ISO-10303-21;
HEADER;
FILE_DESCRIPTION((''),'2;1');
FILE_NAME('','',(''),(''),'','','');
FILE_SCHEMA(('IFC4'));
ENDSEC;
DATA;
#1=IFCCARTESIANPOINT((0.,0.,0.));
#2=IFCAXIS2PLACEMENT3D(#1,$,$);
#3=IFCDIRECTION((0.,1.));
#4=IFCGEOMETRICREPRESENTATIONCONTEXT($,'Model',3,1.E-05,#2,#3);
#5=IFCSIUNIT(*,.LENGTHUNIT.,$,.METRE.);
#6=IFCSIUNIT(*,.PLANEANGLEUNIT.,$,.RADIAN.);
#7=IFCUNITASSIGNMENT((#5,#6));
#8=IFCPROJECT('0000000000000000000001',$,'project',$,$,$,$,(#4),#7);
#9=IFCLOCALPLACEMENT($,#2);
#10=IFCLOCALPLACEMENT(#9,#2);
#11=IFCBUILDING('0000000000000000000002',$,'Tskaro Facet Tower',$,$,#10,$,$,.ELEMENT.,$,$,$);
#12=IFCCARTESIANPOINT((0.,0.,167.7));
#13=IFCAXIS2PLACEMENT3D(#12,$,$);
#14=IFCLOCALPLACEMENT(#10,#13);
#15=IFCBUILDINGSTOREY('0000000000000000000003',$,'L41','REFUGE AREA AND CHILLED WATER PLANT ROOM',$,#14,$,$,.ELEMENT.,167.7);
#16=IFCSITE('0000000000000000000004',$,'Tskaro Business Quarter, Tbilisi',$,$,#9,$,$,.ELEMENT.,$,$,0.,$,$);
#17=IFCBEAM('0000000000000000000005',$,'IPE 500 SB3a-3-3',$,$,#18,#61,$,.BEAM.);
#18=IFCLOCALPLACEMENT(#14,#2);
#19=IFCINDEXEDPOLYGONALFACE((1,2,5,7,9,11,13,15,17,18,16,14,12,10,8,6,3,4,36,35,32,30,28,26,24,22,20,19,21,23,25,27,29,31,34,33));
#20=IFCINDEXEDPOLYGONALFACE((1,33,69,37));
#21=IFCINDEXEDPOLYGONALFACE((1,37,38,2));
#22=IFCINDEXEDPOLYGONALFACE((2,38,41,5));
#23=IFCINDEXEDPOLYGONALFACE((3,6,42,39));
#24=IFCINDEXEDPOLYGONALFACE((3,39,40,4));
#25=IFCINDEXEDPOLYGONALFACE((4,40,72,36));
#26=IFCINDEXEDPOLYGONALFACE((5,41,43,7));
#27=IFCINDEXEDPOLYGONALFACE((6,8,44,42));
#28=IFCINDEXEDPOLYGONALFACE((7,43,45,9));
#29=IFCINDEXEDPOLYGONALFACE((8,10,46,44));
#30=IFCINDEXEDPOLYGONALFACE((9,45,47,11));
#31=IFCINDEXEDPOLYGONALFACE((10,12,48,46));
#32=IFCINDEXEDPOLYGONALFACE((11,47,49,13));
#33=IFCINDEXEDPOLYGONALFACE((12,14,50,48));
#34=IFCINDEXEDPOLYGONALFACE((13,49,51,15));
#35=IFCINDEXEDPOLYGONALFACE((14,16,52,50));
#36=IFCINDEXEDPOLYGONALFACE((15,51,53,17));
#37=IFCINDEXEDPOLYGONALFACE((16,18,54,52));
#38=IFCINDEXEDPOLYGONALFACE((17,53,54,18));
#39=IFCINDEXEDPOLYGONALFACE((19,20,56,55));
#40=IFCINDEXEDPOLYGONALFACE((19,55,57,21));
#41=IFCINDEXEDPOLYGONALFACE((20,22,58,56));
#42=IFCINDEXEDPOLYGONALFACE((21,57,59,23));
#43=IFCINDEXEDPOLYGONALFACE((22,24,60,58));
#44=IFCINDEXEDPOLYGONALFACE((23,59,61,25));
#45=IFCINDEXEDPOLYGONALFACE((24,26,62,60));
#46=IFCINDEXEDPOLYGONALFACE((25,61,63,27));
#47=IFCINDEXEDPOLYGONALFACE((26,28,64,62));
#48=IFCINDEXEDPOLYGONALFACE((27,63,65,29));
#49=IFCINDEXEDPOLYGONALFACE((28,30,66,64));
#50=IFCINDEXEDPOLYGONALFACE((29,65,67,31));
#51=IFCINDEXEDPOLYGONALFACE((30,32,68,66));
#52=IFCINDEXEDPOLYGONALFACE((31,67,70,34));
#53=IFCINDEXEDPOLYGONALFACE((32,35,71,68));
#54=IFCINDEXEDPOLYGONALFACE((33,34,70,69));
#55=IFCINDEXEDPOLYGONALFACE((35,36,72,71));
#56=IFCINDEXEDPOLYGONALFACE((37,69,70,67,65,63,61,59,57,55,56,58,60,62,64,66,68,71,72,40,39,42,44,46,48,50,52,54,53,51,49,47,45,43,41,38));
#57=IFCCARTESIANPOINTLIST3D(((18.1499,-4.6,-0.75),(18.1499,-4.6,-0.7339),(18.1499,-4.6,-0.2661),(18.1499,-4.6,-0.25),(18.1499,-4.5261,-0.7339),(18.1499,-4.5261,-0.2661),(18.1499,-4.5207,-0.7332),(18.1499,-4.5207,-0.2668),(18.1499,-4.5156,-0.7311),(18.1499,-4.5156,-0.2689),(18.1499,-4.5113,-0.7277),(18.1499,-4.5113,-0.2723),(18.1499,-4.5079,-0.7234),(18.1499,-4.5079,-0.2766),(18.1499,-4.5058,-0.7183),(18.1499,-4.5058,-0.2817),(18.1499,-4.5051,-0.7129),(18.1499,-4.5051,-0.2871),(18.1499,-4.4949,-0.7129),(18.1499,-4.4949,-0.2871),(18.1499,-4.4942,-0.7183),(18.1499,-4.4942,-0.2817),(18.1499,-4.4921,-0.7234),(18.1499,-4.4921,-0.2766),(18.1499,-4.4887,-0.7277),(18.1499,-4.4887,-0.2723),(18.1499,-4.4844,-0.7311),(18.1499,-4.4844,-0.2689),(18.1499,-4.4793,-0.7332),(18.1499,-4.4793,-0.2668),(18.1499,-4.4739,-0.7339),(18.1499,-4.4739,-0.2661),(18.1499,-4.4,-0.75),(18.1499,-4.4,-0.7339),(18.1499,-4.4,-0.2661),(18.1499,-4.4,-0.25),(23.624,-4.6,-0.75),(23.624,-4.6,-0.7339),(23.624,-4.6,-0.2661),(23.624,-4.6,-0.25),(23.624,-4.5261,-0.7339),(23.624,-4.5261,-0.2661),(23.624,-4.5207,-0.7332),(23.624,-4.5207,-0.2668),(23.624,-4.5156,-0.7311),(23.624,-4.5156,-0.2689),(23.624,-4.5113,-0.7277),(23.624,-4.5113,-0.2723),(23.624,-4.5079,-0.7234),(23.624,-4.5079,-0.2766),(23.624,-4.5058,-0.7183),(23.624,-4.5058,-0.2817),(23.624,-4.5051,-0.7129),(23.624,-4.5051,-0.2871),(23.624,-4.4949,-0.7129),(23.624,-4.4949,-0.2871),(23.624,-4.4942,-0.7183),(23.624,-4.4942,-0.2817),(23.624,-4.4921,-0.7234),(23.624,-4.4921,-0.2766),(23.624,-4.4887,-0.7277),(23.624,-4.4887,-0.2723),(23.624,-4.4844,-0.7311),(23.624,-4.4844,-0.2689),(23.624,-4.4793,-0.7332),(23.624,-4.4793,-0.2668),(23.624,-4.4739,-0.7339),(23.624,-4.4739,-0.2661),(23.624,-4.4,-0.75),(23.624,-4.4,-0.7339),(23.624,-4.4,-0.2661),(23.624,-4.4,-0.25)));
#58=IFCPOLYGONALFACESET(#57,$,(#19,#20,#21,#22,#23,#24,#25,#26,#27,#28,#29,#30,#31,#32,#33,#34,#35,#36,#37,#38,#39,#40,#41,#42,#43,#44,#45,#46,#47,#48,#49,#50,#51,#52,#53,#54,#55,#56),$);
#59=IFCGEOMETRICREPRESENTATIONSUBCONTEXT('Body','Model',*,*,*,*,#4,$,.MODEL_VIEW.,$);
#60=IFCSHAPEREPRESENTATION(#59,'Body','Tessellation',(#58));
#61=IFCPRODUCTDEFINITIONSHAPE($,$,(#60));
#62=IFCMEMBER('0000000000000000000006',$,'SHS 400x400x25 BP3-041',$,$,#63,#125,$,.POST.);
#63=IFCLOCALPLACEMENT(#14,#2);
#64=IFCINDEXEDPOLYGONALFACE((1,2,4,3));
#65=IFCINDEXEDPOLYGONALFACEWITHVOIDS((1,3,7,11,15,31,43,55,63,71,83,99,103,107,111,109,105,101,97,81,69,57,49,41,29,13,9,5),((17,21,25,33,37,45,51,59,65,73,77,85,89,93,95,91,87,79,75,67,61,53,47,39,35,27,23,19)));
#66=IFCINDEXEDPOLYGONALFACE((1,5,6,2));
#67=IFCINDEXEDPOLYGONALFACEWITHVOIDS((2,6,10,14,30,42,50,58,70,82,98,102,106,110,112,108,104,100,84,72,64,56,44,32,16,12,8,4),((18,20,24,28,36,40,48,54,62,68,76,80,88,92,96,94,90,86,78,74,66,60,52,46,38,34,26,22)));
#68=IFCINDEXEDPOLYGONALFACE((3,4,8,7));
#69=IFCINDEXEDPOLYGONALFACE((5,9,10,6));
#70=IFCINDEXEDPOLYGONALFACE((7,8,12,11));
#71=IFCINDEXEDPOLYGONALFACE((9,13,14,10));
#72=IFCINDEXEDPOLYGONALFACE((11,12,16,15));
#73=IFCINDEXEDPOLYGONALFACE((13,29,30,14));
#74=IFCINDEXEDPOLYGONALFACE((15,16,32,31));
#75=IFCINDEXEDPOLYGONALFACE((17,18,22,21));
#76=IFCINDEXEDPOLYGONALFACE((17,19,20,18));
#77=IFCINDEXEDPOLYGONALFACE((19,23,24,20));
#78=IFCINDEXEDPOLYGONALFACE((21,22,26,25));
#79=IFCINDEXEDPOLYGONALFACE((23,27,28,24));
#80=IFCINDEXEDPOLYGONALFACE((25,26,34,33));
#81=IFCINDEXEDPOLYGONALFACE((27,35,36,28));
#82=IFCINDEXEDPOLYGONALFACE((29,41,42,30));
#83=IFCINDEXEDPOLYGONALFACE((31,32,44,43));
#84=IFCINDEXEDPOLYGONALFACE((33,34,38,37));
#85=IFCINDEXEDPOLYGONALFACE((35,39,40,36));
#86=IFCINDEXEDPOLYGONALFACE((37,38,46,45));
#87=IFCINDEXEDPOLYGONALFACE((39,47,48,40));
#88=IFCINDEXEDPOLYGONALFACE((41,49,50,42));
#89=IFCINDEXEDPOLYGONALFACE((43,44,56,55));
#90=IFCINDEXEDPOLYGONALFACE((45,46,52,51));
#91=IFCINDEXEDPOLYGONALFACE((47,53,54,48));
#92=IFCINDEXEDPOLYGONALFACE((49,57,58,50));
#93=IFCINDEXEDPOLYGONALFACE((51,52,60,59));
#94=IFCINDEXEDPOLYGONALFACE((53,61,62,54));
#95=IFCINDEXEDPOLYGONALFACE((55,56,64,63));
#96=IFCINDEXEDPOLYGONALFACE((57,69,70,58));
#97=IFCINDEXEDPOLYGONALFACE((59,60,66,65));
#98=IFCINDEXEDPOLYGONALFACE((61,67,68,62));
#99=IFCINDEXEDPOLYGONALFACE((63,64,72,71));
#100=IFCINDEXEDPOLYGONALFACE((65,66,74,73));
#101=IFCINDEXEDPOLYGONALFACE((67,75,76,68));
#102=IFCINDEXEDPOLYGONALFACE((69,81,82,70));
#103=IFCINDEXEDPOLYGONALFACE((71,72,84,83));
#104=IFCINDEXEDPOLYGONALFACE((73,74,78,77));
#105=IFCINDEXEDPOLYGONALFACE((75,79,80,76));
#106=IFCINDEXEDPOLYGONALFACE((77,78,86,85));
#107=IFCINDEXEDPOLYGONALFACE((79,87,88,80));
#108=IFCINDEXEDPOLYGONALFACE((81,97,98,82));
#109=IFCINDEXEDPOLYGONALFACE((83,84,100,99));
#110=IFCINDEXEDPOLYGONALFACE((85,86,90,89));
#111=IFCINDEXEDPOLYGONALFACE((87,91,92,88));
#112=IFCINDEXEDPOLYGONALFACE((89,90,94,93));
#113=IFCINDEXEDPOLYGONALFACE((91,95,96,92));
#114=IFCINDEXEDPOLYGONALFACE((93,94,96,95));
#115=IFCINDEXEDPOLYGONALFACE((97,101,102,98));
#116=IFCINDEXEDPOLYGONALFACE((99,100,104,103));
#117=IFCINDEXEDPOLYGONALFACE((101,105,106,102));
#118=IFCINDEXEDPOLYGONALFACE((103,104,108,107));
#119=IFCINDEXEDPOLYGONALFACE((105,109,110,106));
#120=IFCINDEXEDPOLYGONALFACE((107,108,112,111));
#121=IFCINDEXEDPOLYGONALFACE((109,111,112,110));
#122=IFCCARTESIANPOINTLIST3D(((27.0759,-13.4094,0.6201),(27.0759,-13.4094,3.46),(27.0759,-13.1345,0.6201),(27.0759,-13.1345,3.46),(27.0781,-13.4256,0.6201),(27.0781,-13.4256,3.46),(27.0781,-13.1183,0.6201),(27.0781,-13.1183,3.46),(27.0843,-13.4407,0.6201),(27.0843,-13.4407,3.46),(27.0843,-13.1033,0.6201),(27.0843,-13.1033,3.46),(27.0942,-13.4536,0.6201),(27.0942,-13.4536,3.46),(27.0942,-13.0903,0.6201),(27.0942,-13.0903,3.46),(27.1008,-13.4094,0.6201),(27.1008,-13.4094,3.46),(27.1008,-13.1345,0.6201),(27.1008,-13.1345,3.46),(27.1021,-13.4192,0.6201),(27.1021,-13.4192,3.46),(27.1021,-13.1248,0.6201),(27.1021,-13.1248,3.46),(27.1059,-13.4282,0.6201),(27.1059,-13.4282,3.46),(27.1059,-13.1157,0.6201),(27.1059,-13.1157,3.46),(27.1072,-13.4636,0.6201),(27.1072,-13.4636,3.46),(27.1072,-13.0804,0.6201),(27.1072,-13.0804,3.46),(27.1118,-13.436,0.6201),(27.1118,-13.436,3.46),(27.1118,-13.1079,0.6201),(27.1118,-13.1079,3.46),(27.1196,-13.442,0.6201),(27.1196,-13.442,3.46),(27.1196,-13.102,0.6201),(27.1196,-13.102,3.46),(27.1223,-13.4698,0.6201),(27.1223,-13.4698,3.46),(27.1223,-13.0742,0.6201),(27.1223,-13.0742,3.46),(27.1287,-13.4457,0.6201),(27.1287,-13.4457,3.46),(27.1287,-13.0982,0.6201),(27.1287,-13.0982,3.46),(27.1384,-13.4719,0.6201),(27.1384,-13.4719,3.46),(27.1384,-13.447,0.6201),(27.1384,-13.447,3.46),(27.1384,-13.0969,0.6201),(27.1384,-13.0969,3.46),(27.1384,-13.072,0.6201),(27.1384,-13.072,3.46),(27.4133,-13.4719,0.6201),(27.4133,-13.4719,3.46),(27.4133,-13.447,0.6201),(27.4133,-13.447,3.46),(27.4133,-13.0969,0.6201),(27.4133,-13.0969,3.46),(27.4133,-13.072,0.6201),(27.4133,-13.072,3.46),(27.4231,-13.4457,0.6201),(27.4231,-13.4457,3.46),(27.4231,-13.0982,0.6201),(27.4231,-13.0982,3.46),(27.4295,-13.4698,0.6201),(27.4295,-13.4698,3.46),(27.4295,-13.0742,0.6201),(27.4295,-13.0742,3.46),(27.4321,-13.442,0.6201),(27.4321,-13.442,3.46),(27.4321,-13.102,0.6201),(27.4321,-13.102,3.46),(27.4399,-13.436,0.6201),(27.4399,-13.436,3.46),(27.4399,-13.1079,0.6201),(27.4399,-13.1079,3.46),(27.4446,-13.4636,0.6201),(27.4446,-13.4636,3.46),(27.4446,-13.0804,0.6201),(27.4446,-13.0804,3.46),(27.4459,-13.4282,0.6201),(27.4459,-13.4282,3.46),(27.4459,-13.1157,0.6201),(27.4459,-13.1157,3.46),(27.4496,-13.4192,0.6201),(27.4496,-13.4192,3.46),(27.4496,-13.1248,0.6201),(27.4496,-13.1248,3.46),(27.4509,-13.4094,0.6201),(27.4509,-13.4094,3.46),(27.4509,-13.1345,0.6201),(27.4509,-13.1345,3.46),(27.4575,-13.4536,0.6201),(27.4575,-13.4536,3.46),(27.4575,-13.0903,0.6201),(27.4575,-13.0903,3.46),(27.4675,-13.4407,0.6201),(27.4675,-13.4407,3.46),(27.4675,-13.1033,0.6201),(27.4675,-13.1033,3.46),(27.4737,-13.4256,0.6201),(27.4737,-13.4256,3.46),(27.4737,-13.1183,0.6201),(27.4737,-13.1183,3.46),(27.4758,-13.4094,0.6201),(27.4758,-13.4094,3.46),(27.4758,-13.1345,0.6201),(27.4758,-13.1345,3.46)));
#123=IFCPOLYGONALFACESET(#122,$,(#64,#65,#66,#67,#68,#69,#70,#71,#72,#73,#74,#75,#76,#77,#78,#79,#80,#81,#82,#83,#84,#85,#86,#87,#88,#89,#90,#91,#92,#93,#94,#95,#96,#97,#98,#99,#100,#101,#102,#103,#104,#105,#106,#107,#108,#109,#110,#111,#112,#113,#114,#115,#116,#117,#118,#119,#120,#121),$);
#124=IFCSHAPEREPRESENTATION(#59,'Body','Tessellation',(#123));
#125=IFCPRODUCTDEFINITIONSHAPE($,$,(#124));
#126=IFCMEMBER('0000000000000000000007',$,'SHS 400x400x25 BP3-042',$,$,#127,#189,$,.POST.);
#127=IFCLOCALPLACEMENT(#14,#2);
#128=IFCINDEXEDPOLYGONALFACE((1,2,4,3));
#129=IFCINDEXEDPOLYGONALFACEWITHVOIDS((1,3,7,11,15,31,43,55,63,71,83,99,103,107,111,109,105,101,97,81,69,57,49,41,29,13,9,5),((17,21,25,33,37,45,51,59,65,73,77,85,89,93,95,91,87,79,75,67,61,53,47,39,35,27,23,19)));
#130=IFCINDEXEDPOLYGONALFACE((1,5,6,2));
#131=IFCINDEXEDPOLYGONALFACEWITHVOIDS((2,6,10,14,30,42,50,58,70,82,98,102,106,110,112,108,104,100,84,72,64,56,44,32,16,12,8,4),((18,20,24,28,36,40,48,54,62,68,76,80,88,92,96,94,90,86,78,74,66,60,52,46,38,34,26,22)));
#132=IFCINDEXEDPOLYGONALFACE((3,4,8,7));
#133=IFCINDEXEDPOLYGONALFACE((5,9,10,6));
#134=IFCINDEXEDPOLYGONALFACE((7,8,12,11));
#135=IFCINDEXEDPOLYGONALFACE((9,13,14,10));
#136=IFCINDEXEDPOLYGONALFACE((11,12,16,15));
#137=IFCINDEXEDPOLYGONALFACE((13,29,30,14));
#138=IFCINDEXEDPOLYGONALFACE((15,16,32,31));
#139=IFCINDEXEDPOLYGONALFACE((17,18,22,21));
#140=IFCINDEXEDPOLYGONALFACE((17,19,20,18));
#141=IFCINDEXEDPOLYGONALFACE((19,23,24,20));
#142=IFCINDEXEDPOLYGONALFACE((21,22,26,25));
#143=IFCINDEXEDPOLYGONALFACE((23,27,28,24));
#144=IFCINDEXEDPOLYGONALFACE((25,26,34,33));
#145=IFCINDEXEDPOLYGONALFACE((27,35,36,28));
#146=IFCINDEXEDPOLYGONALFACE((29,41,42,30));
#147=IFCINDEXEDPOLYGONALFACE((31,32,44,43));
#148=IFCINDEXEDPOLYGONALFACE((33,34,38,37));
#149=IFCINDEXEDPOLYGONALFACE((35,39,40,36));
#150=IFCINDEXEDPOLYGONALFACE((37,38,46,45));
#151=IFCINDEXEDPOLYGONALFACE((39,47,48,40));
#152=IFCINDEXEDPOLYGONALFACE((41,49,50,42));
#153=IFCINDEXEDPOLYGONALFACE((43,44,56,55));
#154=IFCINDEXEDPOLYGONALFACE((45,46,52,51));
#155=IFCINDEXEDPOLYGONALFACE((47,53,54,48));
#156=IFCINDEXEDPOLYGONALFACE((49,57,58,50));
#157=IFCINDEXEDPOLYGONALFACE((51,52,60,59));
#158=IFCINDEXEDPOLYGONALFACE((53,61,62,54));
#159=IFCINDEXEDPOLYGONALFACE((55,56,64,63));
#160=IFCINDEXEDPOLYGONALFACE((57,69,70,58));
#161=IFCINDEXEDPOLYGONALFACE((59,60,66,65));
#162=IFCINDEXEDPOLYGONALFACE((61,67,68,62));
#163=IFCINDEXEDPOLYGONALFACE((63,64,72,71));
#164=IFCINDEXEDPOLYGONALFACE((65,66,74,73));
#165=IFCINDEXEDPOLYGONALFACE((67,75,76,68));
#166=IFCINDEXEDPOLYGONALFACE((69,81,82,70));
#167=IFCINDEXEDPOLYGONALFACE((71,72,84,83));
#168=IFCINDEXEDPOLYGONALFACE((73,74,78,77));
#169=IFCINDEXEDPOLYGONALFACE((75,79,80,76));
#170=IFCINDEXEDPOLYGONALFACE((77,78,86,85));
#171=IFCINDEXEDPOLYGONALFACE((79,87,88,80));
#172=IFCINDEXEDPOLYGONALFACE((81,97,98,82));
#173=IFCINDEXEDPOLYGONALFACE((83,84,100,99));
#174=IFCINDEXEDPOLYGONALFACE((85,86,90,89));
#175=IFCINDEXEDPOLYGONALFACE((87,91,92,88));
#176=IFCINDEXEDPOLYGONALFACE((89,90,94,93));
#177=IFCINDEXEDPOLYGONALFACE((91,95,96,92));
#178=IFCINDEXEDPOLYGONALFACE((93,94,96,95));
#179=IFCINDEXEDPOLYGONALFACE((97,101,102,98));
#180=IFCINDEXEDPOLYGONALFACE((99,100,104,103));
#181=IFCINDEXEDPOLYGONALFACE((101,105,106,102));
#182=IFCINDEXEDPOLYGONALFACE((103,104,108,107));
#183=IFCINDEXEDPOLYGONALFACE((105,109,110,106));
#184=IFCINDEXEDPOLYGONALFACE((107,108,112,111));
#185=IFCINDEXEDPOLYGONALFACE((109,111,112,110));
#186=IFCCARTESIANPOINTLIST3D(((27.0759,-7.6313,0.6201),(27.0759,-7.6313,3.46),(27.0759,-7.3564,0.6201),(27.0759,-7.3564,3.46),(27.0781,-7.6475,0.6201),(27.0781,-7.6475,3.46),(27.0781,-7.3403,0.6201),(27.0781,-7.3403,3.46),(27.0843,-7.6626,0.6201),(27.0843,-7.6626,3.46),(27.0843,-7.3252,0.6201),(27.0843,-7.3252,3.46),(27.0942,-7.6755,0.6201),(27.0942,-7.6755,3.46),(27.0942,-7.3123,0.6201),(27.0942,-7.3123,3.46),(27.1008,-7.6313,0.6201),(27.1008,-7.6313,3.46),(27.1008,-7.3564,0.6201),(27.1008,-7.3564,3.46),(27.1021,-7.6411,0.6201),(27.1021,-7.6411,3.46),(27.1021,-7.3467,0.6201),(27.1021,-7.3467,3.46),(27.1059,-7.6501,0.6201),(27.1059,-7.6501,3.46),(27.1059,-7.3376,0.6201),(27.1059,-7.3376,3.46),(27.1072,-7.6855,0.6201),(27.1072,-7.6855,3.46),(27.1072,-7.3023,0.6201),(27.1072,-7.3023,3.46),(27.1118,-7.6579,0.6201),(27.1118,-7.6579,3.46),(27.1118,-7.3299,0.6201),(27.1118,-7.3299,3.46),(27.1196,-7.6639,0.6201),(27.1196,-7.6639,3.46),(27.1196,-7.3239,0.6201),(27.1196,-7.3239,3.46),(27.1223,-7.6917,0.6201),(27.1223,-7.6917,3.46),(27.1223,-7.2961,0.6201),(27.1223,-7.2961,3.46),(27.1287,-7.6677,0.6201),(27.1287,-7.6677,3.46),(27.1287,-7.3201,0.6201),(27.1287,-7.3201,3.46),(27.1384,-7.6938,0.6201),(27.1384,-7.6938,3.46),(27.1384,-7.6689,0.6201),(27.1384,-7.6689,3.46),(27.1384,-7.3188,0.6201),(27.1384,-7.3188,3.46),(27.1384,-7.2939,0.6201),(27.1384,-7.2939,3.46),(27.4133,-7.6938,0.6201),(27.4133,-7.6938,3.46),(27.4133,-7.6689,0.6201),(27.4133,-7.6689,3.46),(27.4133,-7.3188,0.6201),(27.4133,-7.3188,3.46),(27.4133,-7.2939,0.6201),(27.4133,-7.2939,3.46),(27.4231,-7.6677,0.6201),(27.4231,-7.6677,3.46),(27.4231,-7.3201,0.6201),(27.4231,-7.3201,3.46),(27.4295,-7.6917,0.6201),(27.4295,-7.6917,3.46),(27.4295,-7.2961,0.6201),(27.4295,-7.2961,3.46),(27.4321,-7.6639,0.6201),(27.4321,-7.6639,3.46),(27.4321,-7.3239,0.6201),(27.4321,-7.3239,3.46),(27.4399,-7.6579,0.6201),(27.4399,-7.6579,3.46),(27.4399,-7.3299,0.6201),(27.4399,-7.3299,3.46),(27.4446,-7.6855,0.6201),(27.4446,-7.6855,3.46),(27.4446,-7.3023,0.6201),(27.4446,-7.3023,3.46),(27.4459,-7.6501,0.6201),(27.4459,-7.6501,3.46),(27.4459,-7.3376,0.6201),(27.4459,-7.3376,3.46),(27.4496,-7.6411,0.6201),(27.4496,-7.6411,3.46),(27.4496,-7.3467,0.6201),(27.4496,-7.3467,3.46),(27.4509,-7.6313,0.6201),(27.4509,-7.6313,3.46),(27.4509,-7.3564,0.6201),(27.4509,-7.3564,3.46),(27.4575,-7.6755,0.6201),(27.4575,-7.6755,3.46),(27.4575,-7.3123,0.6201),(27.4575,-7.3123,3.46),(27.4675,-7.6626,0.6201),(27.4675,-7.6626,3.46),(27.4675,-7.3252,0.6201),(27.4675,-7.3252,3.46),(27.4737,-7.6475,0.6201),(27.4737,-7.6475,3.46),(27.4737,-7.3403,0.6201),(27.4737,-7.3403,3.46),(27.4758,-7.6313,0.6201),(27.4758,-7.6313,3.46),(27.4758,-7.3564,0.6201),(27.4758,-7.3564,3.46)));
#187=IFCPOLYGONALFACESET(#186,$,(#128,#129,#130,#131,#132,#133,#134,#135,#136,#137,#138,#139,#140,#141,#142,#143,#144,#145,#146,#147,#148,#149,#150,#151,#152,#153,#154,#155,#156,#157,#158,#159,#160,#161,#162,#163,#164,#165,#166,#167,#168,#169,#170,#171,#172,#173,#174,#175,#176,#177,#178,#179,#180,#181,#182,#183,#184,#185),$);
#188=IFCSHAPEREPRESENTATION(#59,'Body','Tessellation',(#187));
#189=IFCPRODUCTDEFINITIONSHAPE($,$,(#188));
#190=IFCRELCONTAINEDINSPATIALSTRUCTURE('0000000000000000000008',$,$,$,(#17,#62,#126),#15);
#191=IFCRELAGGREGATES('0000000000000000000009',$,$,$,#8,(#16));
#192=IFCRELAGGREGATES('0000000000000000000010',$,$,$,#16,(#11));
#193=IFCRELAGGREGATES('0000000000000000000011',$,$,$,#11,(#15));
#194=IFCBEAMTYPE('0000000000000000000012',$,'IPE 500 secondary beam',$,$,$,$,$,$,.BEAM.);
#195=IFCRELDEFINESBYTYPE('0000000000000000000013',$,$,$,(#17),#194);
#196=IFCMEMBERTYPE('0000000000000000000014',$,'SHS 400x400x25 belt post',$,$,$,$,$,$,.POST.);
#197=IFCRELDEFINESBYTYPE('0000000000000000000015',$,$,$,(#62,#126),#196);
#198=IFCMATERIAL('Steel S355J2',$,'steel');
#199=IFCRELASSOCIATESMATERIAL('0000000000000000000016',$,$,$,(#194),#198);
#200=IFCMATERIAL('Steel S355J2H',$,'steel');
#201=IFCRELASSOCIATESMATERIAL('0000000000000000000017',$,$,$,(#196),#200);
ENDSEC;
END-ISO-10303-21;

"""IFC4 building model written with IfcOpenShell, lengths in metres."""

from ifc_helpers import new_model, si_unit, direction, frame, origin, origin_2d, place, context, subcontext, project, spatial, hollow_rectangle, i_section, extrude, material, material_profile, profile_set, type_object, element, save


model = new_model("IFC4")

# Units and contexts
model_context = context("Model", 3, precision=1e-05, world=origin(), true_north=direction((0.0, 1.0)))
body_context = subcontext(model_context, "Body", "Model", "MODEL_VIEW")
ifc_project = project(units=[si_unit("LENGTHUNIT", "METRE"), si_unit("PLANEANGLEUNIT", "RADIAN")], contexts=[model_context])

# Site, building, storey
site_placement = place(None, origin())
site = spatial("IfcSite", under=ifc_project, at=site_placement, Name="Tskaro Business Quarter, Tbilisi", CompositionType="ELEMENT", RefElevation=0.0)
building_placement = place(site_placement, origin())
building = spatial("IfcBuilding", under=site, at=building_placement, Name="Tskaro Facet Tower", CompositionType="ELEMENT")
storey_placement = place(building_placement, frame((0.0, 0.0, 167.7)))
storey = spatial("IfcBuildingStorey", under=building, at=storey_placement, Name="L41", Description="REFUGE AREA AND CHILLED WATER PLANT ROOM", CompositionType="ELEMENT", Elevation=167.7)

# Shared definitions
ifc_material_1 = material(Name="Steel S355J2H", Category="steel")

# Beam
ifc_material_2 = material(Name="Steel S355J2", Category="steel")
ifc_material_profile_1 = material_profile(ifc_material_2, i_section(OverallWidth=0.2, OverallDepth=0.5, WebThickness=0.0103, FlangeThickness=0.0161, FilletRadius=0.021, at=origin_2d()), Name="IPE 500")
ifc_profile_set_1 = profile_set([ifc_material_profile_1], Name="Steel S355J2")
beam_type_1 = type_object("IfcBeamType", Name="IPE 500 secondary beam", PredefinedType="BEAM", material=ifc_profile_set_1)
for number, where, z_axis, x_axis, name in (
    (1, (18.1499, -4.5, -0.5), (1.0, 0.0, 0.0), (0.0, 1.0, 0.0), "IPE 500 SB3a-3-3"),
):
    element("IfcBeam", number, at=place(storey_placement, frame(where, z_axis=z_axis, x_axis=x_axis)), inside=storey, type_object=beam_type_1, Name=name, PredefinedType="BEAM", context=body_context, shape_type="SweptSolid", body=[
        extrude(i_section(OverallWidth=0.2, OverallDepth=0.5, WebThickness=0.0103, FlangeThickness=0.0161, FilletRadius=0.021, at=origin_2d()), origin(), (0.0, 0.0, 1.0), 5.4741),
    ])

# Members
ifc_material_profile_2 = material_profile(ifc_material_1, hollow_rectangle(XDim=0.3999, YDim=0.3999, WallThickness=0.0249, InnerFilletRadius=0.0376, OuterFilletRadius=0.0625, at=origin_2d()), Name="SHS 400x400x25")
ifc_profile_set_2 = profile_set([ifc_material_profile_2], Name="Steel S355J2H")
member_type_1 = type_object("IfcMemberType", Name="SHS 400x400x25 belt post", PredefinedType="POST", material=ifc_profile_set_2)
for number, where, z_axis, x_axis, name in (
    (2, (27.2759, -13.272, 0.6201), (0.0, 0.0, 1.0), (1.0, 0.0, 0.0), "SHS 400x400x25 BP3-041"),
    (3, (27.2759, -7.4939, 0.6201), (0.0, 0.0, 1.0), (1.0, 0.0, 0.0), "SHS 400x400x25 BP3-042"),
):
    element("IfcMember", number, at=place(storey_placement, frame(where, z_axis=z_axis, x_axis=x_axis)), inside=storey, type_object=member_type_1, Name=name, PredefinedType="POST", context=body_context, shape_type="SweptSolid", body=[
        extrude(hollow_rectangle(XDim=0.3999, YDim=0.3999, WallThickness=0.0249, InnerFilletRadius=0.0376, OuterFilletRadius=0.0625, at=origin_2d()), origin(), (0.0, 0.0, 1.0), 2.8398),
    ])

save(model, "model.ifc")
